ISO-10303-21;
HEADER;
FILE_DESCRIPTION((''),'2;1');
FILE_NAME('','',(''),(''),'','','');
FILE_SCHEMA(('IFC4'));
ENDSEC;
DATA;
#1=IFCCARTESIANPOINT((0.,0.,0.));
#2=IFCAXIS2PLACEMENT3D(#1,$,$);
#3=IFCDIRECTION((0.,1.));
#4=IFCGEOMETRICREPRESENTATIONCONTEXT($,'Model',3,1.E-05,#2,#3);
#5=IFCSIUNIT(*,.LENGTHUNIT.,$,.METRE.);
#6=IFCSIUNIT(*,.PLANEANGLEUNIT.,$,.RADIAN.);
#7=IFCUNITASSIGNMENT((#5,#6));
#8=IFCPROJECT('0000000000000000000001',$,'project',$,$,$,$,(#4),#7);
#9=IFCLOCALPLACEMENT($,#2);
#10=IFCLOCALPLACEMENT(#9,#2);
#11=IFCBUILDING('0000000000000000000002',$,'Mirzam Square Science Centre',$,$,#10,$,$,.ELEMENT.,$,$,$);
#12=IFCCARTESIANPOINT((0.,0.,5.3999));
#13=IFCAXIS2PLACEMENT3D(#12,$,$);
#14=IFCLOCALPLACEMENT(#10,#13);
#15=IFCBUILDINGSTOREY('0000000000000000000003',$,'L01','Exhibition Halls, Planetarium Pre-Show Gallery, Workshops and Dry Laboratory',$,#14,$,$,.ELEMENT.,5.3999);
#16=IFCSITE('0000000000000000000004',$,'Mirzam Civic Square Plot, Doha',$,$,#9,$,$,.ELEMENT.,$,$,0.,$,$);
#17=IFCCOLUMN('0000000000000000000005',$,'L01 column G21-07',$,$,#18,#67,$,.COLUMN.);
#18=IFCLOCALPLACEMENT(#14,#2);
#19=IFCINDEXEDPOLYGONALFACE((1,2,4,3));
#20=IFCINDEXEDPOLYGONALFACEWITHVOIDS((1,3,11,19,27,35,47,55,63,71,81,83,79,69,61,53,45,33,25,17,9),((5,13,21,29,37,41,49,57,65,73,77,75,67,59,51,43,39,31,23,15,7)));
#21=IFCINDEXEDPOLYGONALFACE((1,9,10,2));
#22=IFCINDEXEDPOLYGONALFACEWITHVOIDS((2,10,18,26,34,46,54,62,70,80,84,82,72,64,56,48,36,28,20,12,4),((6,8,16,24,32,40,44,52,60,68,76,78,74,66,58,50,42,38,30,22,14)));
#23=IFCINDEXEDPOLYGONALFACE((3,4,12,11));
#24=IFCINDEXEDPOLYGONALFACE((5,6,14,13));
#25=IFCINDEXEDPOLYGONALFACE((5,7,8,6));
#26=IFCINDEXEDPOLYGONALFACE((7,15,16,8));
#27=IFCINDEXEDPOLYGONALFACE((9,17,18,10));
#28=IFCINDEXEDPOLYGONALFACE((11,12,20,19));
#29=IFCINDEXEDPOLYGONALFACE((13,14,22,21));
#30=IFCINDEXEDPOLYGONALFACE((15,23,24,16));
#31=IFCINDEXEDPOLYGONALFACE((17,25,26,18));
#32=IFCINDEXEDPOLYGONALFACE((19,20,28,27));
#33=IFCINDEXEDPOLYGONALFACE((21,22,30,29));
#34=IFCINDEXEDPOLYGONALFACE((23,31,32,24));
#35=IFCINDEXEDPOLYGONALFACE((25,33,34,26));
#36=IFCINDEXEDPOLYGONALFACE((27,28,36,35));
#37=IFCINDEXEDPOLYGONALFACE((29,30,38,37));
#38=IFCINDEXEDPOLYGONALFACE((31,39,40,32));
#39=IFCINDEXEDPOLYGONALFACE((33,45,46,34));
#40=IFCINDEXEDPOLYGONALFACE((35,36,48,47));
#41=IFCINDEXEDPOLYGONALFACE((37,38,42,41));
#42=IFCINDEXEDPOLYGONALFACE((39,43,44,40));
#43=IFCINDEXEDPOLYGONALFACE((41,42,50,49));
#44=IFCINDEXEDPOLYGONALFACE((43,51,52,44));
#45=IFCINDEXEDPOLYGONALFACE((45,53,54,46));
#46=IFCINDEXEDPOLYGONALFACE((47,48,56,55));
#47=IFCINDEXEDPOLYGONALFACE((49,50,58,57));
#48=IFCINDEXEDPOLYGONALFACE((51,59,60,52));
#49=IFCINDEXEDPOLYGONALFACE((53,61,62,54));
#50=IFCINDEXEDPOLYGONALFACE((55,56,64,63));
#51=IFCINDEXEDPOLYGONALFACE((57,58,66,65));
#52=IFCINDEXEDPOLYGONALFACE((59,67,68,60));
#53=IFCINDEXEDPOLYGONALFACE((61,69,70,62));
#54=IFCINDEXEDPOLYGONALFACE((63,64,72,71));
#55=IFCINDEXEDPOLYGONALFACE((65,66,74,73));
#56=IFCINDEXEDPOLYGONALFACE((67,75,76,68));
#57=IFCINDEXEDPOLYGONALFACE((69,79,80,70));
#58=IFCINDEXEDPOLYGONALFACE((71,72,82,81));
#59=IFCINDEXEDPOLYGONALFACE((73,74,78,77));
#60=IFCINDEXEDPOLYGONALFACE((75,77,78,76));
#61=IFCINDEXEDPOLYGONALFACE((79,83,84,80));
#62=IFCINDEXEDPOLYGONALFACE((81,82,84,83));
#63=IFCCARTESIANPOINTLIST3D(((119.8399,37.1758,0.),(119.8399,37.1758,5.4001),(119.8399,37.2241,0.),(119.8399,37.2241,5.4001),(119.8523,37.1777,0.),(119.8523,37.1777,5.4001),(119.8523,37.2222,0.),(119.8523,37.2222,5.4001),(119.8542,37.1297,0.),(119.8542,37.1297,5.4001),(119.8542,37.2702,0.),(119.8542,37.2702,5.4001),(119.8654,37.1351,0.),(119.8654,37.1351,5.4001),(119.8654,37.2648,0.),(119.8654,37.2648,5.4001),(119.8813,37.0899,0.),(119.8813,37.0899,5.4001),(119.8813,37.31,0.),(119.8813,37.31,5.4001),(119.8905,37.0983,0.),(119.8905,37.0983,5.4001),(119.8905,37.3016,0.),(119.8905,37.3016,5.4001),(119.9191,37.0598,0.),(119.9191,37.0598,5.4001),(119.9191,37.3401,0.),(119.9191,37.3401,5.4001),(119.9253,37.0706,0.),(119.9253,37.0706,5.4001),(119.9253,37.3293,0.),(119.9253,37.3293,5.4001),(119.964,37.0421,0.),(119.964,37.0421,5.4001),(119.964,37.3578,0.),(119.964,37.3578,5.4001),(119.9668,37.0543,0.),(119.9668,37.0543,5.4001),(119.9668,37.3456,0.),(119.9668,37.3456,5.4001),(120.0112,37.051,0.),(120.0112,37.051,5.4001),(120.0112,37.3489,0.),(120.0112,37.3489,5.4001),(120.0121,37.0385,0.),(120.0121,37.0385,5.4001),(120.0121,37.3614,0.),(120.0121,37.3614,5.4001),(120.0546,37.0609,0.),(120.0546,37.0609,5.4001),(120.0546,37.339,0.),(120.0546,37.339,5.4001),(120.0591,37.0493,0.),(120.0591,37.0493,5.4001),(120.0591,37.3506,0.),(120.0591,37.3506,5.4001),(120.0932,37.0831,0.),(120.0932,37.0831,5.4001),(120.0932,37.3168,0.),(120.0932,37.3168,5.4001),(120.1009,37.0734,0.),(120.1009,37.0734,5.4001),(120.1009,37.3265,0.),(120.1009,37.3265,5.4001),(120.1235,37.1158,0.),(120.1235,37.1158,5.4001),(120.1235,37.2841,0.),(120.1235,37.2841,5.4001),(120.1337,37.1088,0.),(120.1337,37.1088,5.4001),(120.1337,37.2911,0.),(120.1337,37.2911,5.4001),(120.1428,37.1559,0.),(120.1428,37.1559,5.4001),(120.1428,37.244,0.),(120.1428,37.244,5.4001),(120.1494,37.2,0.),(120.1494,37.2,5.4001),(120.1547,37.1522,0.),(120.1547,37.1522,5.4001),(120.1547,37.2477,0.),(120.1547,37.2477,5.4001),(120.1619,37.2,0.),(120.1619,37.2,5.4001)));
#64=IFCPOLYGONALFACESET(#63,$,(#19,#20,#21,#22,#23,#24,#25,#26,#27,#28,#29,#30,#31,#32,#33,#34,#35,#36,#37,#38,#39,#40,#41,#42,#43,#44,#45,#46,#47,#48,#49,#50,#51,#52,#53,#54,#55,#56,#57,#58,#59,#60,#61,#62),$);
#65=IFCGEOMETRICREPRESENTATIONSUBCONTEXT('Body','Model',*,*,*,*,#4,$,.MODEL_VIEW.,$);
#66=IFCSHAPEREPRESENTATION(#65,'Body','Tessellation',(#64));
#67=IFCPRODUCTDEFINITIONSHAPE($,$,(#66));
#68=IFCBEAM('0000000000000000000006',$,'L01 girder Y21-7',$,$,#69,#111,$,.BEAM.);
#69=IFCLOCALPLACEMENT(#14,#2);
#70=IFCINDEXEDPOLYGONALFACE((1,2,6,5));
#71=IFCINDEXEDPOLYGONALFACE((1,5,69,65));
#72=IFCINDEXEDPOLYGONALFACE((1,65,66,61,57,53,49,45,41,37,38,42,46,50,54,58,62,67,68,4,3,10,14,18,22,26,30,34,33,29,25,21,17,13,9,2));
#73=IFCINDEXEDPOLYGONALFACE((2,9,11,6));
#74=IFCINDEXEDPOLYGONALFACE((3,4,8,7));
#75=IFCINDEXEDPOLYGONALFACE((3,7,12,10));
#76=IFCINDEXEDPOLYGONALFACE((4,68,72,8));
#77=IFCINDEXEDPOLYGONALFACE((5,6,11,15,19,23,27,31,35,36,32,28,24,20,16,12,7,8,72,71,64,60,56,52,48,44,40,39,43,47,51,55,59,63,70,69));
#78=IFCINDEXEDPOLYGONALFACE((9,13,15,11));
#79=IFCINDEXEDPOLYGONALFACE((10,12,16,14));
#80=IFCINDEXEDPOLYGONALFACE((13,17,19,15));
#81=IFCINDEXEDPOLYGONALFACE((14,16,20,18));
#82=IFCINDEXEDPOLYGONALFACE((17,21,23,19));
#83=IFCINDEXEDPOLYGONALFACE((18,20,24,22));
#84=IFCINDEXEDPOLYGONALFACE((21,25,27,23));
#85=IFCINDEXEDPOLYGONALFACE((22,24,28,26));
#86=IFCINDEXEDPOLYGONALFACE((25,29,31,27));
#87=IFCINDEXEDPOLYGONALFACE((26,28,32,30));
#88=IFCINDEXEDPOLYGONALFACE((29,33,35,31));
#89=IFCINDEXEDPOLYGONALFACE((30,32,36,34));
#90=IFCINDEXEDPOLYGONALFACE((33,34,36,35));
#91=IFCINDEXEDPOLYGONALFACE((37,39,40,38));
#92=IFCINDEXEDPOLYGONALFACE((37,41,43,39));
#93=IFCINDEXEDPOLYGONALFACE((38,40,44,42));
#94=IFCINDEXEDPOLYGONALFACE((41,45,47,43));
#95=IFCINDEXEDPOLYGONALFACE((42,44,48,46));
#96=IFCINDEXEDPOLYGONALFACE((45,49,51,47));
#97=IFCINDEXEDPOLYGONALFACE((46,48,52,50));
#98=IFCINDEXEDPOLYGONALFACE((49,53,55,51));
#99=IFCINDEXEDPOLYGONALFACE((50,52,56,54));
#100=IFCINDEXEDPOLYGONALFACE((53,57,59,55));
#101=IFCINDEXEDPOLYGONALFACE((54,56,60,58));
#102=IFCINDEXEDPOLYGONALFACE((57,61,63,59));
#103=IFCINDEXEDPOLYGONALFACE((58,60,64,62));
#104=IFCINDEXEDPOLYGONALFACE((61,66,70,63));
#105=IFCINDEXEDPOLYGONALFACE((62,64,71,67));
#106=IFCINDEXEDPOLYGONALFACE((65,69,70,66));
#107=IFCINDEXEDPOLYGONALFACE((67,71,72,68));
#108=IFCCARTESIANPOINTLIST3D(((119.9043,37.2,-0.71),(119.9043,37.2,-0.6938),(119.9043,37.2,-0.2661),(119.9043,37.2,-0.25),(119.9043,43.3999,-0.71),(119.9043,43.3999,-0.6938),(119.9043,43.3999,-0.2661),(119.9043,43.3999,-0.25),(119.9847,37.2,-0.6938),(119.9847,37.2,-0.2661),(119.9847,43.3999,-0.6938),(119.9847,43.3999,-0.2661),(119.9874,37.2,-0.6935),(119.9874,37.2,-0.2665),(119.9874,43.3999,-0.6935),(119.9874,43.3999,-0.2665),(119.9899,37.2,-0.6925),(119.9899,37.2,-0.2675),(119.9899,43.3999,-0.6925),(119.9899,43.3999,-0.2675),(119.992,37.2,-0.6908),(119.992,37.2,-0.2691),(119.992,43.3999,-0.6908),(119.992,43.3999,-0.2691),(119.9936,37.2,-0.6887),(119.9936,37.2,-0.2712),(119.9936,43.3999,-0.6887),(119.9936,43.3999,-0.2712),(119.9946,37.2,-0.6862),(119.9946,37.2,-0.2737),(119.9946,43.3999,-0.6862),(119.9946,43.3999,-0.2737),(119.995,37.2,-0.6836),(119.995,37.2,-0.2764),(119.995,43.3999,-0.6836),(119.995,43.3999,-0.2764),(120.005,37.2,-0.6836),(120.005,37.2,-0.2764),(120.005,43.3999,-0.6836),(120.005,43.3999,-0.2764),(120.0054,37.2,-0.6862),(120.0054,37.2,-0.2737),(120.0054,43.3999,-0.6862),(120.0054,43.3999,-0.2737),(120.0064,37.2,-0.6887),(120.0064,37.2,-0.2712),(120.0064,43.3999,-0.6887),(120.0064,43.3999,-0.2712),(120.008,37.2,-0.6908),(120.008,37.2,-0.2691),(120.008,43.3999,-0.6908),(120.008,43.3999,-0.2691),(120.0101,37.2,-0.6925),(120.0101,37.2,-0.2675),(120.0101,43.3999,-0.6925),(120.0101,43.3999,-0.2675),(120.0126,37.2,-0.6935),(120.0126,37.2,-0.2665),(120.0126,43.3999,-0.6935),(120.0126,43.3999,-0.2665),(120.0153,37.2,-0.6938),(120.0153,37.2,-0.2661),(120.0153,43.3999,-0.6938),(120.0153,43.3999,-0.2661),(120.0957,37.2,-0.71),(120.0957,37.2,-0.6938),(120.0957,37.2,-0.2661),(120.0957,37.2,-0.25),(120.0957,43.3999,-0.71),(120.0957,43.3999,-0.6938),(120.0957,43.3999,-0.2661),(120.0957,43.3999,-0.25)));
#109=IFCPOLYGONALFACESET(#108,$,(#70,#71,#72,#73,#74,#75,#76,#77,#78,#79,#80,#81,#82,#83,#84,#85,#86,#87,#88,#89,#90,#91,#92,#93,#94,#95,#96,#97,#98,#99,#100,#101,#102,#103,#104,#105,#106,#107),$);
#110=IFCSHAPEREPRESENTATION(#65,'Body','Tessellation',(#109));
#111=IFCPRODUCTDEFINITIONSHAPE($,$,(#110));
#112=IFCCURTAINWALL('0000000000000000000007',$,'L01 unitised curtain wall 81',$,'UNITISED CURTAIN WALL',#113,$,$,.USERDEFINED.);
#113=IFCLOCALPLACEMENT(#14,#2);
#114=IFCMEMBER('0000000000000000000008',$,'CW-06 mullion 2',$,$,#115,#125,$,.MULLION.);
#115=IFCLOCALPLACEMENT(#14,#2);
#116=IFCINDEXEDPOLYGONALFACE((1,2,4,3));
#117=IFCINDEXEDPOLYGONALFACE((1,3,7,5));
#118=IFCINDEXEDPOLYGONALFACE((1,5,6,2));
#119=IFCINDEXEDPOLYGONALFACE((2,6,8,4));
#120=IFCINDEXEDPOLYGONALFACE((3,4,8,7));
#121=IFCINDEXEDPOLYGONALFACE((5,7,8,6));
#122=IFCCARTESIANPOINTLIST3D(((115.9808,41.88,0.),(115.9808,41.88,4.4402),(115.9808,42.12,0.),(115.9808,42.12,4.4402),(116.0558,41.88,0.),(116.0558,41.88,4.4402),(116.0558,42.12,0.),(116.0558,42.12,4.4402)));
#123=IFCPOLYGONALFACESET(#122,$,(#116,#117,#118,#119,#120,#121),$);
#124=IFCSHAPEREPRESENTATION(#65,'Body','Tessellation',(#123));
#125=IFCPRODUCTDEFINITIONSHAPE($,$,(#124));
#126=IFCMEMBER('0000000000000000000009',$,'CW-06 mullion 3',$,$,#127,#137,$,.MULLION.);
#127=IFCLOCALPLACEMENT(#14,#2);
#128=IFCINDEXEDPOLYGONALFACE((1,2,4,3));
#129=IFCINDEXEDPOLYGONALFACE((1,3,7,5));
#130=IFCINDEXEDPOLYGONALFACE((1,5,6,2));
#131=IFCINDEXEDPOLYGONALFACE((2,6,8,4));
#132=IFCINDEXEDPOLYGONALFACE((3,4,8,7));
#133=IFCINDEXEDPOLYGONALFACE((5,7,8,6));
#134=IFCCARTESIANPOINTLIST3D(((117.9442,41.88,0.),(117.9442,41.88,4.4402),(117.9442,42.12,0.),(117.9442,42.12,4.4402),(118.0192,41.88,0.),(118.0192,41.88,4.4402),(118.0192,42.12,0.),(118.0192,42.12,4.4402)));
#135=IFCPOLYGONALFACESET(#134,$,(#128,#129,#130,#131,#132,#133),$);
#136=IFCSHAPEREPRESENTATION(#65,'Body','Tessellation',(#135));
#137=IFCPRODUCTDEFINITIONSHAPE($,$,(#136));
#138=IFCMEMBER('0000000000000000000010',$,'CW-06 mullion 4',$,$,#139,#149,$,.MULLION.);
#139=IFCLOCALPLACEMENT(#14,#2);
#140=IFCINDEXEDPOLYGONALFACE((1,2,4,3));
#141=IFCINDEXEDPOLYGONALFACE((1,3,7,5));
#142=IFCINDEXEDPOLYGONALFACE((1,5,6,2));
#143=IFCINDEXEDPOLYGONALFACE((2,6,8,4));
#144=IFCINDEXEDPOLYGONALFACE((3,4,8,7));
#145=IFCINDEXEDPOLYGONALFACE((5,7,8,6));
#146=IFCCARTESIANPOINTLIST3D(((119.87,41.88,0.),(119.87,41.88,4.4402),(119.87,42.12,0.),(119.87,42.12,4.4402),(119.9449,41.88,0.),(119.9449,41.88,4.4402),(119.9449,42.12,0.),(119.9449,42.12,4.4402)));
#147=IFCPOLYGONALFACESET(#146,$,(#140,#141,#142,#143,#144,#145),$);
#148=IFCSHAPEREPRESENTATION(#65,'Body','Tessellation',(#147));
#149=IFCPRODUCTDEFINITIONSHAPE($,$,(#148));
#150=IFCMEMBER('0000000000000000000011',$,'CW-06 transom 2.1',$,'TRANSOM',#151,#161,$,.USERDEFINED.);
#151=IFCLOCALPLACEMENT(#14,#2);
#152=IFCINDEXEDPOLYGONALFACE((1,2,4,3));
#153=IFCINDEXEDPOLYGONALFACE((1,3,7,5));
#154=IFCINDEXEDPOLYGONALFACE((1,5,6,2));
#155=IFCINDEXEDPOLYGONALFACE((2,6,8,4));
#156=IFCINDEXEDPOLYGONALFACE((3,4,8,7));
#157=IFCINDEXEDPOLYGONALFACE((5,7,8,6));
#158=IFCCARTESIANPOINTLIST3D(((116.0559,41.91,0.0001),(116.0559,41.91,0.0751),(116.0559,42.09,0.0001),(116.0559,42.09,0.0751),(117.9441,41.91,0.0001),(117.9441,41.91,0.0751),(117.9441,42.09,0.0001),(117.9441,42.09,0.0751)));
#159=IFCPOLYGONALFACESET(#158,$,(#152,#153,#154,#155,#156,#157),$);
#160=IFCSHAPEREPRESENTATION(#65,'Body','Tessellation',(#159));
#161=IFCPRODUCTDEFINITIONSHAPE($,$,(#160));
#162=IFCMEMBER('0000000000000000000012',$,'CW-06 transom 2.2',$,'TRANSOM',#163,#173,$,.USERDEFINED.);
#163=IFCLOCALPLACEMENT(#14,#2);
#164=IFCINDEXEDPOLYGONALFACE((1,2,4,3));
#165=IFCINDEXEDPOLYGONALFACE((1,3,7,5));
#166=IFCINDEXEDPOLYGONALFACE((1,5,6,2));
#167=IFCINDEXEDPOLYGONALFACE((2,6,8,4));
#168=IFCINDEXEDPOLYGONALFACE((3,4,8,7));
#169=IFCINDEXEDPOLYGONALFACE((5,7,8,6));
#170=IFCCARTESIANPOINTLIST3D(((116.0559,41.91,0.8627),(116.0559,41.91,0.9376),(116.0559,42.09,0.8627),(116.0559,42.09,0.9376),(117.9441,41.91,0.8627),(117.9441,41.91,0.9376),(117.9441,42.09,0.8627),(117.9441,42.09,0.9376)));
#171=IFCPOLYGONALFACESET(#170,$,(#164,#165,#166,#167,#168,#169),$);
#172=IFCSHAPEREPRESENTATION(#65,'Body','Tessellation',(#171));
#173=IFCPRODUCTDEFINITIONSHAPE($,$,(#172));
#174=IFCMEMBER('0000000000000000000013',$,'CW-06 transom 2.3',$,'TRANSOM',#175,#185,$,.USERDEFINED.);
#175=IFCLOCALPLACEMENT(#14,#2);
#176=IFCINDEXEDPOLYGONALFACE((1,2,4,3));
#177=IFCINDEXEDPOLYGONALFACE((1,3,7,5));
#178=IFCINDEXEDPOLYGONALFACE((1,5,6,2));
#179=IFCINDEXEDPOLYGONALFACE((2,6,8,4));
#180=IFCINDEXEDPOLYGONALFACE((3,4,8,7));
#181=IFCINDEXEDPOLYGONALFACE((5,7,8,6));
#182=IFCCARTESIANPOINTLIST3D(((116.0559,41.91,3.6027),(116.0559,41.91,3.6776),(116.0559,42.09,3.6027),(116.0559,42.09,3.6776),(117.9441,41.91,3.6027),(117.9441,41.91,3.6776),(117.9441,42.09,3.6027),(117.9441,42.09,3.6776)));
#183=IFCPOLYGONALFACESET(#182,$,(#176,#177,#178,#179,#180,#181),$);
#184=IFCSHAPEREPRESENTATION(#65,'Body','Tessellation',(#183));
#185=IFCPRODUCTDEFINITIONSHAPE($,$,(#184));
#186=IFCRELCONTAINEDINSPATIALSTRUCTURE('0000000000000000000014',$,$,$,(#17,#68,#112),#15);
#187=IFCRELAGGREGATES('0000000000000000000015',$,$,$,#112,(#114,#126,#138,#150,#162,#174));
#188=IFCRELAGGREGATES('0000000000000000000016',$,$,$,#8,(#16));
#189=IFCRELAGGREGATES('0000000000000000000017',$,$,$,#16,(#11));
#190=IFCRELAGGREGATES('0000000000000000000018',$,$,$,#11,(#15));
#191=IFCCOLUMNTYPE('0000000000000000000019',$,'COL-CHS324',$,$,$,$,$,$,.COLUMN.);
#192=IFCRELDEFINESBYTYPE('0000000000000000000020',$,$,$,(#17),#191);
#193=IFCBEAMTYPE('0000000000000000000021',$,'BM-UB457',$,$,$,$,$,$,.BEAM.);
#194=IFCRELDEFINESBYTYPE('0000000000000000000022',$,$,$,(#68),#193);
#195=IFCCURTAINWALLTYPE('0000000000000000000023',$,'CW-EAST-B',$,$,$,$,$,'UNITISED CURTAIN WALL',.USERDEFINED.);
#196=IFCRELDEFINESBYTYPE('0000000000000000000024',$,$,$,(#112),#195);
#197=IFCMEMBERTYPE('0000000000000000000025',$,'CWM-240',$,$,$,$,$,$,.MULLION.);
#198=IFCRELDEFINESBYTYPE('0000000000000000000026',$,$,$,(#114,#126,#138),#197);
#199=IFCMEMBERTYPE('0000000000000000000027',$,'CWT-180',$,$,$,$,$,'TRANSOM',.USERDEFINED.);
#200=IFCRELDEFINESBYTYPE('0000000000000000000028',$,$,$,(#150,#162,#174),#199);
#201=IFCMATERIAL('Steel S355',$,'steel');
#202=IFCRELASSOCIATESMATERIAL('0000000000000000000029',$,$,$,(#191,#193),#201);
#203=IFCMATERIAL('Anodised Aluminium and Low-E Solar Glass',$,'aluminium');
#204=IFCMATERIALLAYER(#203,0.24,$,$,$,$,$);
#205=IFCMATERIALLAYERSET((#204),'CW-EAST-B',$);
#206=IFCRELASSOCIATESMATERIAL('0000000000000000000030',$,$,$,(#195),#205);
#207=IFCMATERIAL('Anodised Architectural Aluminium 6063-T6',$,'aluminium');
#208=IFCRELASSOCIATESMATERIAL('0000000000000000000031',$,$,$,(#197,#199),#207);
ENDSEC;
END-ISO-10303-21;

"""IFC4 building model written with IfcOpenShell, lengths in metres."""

from ifc_helpers import new_model, si_unit, direction, frame, origin, origin_2d, place, context, subcontext, project, spatial, rectangle, hollow_circle, i_section, extrude, material, layer, layer_set, material_profile, profile_set, type_object, element, aggregate, save


model = new_model("IFC4")

# Units and contexts
model_context = context("Model", 3, precision=1e-05, world=origin(), true_north=direction((0.0, 1.0)))
body_context = subcontext(model_context, "Body", "Model", "MODEL_VIEW")
ifc_project = project(units=[si_unit("LENGTHUNIT", "METRE"), si_unit("PLANEANGLEUNIT", "RADIAN")], contexts=[model_context])

# Site, building, storey
site_placement = place(None, origin())
site = spatial("IfcSite", under=ifc_project, at=site_placement, Name="Mirzam Civic Square Plot, Doha", CompositionType="ELEMENT", RefElevation=0.0)
building_placement = place(site_placement, origin())
building = spatial("IfcBuilding", under=site, at=building_placement, Name="Mirzam Square Science Centre", CompositionType="ELEMENT")
storey_placement = place(building_placement, frame((0.0, 0.0, 5.3999)))
storey = spatial("IfcBuildingStorey", under=building, at=storey_placement, Name="L01", Description="Exhibition Halls, Planetarium Pre-Show Gallery, Workshops and Dry Laboratory", CompositionType="ELEMENT", Elevation=5.3999)

# Column
ifc_material_1 = material(Name="Steel S355", Category="steel")
ifc_material_profile_1 = material_profile(ifc_material_1, hollow_circle(Radius=0.1619, WallThickness=0.0125, at=origin_2d()), Name="323.9x12.5CHS")
ifc_profile_set_1 = profile_set([ifc_material_profile_1], Name="Steel S355")
column_type = type_object("IfcColumnType", Name="COL-CHS324", PredefinedType="COLUMN", material=ifc_profile_set_1)
column_placement = place(storey_placement, frame((120.0, 37.2, 0.0), z_axis=(0.0, 0.0, 1.0), x_axis=(1.0, 0.0, 0.0)))
element("IfcColumn", 1, at=column_placement, inside=storey, type_object=column_type, Name="L01 column G21-07", PredefinedType="COLUMN", context=body_context, shape_type="SweptSolid", body=[
    extrude(hollow_circle(Radius=0.1619, WallThickness=0.0125, at=origin_2d()), origin(), (0.0, 0.0, 1.0), 5.4001),
])

# Beam
ifc_material_profile_2 = material_profile(ifc_material_1, i_section(OverallWidth=0.1914, OverallDepth=0.46, WebThickness=0.01, FlangeThickness=0.0161, FilletRadius=0.0103, at=origin_2d()), Name="457x191x82UB")
ifc_profile_set_2 = profile_set([ifc_material_profile_2], Name="Steel S355")
beam_type_1 = type_object("IfcBeamType", Name="BM-UB457", PredefinedType="BEAM", material=ifc_profile_set_2)
beam_1_placement = place(storey_placement, frame((120.0, 37.2, -0.48), z_axis=(0.0, 1.0, 0.0), x_axis=(-1.0, 0.0, 0.0)))
element("IfcBeam", 2, at=beam_1_placement, inside=storey, type_object=beam_type_1, Name="L01 girder Y21-7", PredefinedType="BEAM", context=body_context, shape_type="SweptSolid", body=[
    extrude(i_section(OverallWidth=0.1914, OverallDepth=0.46, WebThickness=0.01, FlangeThickness=0.0161, FilletRadius=0.0103, at=origin_2d()), origin(), (0.0, 0.0, 1.0), 6.2),
])

# Curtain wall, members
ifc_material_2 = material(Name="Anodised Aluminium and Low-E Solar Glass", Category="aluminium")
ifc_layer_1 = layer(ifc_material_2, 0.24)
ifc_layer_set_1 = layer_set([ifc_layer_1], Name="CW-EAST-B")
curtain_wall_type = type_object("IfcCurtainWallType", Name="CW-EAST-B", ElementType="UNITISED CURTAIN WALL", PredefinedType="USERDEFINED", material=ifc_layer_set_1)
curtain_wall_placement = place(storey_placement, origin())
curtain_wall = element("IfcCurtainWall", 3, at=curtain_wall_placement, inside=storey, type_object=curtain_wall_type, Name="L01 unitised curtain wall 81", ObjectType="UNITISED CURTAIN WALL", PredefinedType="USERDEFINED")
ifc_material_3 = material(Name="Anodised Architectural Aluminium 6063-T6", Category="aluminium")
ifc_material_profile_3 = material_profile(ifc_material_3, rectangle(XDim=0.075, YDim=0.24, at=origin_2d()), Name="ALU-MULL-240x75x5")
ifc_profile_set_3 = profile_set([ifc_material_profile_3], Name="Anodised Architectural Aluminium 6063-T6")
member_type_1 = type_object("IfcMemberType", Name="CWM-240", PredefinedType="MULLION", material=ifc_profile_set_3)
member_1_placement = place(storey_placement, frame((116.0183, 42.0, 0.0), z_axis=(0.0, 0.0, 1.0), x_axis=(1.0, 0.0, 0.0)))
member_1 = element("IfcMember", 4, at=member_1_placement, type_object=member_type_1, Name="CW-06 mullion 2", PredefinedType="MULLION", context=body_context, shape_type="SweptSolid", body=[
    extrude(rectangle(XDim=0.075, YDim=0.24, at=origin_2d()), origin(), (0.0, 0.0, 1.0), 4.4402),
])
member_2_placement = place(storey_placement, frame((117.9817, 42.0, 0.0), z_axis=(0.0, 0.0, 1.0), x_axis=(1.0, 0.0, 0.0)))
member_2 = element("IfcMember", 5, at=member_2_placement, type_object=member_type_1, Name="CW-06 mullion 3", PredefinedType="MULLION", context=body_context, shape_type="SweptSolid", body=[
    extrude(rectangle(XDim=0.075, YDim=0.24, at=origin_2d()), origin(), (0.0, 0.0, 1.0), 4.4402),
])
member_3_placement = place(storey_placement, frame((119.9075, 42.0, 0.0), z_axis=(0.0, 0.0, 1.0), x_axis=(1.0, 0.0, 0.0)))
member_3 = element("IfcMember", 6, at=member_3_placement, type_object=member_type_1, Name="CW-06 mullion 4", PredefinedType="MULLION", context=body_context, shape_type="SweptSolid", body=[
    extrude(rectangle(XDim=0.075, YDim=0.24, at=origin_2d()), origin(), (0.0, 0.0, 1.0), 4.4402),
])
ifc_material_profile_4 = material_profile(ifc_material_3, rectangle(XDim=0.1799, YDim=0.075, at=origin_2d()), Name="ALU-TRAN-180x75x5")
ifc_profile_set_4 = profile_set([ifc_material_profile_4], Name="Anodised Architectural Aluminium 6063-T6")
member_type_2 = type_object("IfcMemberType", Name="CWT-180", ElementType="TRANSOM", PredefinedType="USERDEFINED", material=ifc_profile_set_4)
member_4_placement = place(storey_placement, frame((116.0559, 42.0, 0.0376), z_axis=(1.0, 0.0, 0.0), x_axis=(0.0, 1.0, 0.0)))
member_4 = element("IfcMember", 7, at=member_4_placement, type_object=member_type_2, Name="CW-06 transom 2.1", ObjectType="TRANSOM", PredefinedType="USERDEFINED", context=body_context, shape_type="SweptSolid", body=[
    extrude(rectangle(XDim=0.1799, YDim=0.075, at=origin_2d()), origin(), (0.0, 0.0, 1.0), 1.8882),
])
member_5_placement = place(storey_placement, frame((116.0559, 42.0, 0.9001), z_axis=(1.0, 0.0, 0.0), x_axis=(0.0, 1.0, 0.0)))
member_5 = element("IfcMember", 8, at=member_5_placement, type_object=member_type_2, Name="CW-06 transom 2.2", ObjectType="TRANSOM", PredefinedType="USERDEFINED", context=body_context, shape_type="SweptSolid", body=[
    extrude(rectangle(XDim=0.1799, YDim=0.075, at=origin_2d()), origin(), (0.0, 0.0, 1.0), 1.8882),
])
member_6_placement = place(storey_placement, frame((116.0559, 42.0, 3.6401), z_axis=(1.0, 0.0, 0.0), x_axis=(0.0, 1.0, 0.0)))
member_6 = element("IfcMember", 9, at=member_6_placement, type_object=member_type_2, Name="CW-06 transom 2.3", ObjectType="TRANSOM", PredefinedType="USERDEFINED", context=body_context, shape_type="SweptSolid", body=[
    extrude(rectangle(XDim=0.1799, YDim=0.075, at=origin_2d()), origin(), (0.0, 0.0, 1.0), 1.8882),
])

aggregate(curtain_wall, [member_1, member_2, member_3, member_4, member_5, member_6])

save(model, "model.ifc")
